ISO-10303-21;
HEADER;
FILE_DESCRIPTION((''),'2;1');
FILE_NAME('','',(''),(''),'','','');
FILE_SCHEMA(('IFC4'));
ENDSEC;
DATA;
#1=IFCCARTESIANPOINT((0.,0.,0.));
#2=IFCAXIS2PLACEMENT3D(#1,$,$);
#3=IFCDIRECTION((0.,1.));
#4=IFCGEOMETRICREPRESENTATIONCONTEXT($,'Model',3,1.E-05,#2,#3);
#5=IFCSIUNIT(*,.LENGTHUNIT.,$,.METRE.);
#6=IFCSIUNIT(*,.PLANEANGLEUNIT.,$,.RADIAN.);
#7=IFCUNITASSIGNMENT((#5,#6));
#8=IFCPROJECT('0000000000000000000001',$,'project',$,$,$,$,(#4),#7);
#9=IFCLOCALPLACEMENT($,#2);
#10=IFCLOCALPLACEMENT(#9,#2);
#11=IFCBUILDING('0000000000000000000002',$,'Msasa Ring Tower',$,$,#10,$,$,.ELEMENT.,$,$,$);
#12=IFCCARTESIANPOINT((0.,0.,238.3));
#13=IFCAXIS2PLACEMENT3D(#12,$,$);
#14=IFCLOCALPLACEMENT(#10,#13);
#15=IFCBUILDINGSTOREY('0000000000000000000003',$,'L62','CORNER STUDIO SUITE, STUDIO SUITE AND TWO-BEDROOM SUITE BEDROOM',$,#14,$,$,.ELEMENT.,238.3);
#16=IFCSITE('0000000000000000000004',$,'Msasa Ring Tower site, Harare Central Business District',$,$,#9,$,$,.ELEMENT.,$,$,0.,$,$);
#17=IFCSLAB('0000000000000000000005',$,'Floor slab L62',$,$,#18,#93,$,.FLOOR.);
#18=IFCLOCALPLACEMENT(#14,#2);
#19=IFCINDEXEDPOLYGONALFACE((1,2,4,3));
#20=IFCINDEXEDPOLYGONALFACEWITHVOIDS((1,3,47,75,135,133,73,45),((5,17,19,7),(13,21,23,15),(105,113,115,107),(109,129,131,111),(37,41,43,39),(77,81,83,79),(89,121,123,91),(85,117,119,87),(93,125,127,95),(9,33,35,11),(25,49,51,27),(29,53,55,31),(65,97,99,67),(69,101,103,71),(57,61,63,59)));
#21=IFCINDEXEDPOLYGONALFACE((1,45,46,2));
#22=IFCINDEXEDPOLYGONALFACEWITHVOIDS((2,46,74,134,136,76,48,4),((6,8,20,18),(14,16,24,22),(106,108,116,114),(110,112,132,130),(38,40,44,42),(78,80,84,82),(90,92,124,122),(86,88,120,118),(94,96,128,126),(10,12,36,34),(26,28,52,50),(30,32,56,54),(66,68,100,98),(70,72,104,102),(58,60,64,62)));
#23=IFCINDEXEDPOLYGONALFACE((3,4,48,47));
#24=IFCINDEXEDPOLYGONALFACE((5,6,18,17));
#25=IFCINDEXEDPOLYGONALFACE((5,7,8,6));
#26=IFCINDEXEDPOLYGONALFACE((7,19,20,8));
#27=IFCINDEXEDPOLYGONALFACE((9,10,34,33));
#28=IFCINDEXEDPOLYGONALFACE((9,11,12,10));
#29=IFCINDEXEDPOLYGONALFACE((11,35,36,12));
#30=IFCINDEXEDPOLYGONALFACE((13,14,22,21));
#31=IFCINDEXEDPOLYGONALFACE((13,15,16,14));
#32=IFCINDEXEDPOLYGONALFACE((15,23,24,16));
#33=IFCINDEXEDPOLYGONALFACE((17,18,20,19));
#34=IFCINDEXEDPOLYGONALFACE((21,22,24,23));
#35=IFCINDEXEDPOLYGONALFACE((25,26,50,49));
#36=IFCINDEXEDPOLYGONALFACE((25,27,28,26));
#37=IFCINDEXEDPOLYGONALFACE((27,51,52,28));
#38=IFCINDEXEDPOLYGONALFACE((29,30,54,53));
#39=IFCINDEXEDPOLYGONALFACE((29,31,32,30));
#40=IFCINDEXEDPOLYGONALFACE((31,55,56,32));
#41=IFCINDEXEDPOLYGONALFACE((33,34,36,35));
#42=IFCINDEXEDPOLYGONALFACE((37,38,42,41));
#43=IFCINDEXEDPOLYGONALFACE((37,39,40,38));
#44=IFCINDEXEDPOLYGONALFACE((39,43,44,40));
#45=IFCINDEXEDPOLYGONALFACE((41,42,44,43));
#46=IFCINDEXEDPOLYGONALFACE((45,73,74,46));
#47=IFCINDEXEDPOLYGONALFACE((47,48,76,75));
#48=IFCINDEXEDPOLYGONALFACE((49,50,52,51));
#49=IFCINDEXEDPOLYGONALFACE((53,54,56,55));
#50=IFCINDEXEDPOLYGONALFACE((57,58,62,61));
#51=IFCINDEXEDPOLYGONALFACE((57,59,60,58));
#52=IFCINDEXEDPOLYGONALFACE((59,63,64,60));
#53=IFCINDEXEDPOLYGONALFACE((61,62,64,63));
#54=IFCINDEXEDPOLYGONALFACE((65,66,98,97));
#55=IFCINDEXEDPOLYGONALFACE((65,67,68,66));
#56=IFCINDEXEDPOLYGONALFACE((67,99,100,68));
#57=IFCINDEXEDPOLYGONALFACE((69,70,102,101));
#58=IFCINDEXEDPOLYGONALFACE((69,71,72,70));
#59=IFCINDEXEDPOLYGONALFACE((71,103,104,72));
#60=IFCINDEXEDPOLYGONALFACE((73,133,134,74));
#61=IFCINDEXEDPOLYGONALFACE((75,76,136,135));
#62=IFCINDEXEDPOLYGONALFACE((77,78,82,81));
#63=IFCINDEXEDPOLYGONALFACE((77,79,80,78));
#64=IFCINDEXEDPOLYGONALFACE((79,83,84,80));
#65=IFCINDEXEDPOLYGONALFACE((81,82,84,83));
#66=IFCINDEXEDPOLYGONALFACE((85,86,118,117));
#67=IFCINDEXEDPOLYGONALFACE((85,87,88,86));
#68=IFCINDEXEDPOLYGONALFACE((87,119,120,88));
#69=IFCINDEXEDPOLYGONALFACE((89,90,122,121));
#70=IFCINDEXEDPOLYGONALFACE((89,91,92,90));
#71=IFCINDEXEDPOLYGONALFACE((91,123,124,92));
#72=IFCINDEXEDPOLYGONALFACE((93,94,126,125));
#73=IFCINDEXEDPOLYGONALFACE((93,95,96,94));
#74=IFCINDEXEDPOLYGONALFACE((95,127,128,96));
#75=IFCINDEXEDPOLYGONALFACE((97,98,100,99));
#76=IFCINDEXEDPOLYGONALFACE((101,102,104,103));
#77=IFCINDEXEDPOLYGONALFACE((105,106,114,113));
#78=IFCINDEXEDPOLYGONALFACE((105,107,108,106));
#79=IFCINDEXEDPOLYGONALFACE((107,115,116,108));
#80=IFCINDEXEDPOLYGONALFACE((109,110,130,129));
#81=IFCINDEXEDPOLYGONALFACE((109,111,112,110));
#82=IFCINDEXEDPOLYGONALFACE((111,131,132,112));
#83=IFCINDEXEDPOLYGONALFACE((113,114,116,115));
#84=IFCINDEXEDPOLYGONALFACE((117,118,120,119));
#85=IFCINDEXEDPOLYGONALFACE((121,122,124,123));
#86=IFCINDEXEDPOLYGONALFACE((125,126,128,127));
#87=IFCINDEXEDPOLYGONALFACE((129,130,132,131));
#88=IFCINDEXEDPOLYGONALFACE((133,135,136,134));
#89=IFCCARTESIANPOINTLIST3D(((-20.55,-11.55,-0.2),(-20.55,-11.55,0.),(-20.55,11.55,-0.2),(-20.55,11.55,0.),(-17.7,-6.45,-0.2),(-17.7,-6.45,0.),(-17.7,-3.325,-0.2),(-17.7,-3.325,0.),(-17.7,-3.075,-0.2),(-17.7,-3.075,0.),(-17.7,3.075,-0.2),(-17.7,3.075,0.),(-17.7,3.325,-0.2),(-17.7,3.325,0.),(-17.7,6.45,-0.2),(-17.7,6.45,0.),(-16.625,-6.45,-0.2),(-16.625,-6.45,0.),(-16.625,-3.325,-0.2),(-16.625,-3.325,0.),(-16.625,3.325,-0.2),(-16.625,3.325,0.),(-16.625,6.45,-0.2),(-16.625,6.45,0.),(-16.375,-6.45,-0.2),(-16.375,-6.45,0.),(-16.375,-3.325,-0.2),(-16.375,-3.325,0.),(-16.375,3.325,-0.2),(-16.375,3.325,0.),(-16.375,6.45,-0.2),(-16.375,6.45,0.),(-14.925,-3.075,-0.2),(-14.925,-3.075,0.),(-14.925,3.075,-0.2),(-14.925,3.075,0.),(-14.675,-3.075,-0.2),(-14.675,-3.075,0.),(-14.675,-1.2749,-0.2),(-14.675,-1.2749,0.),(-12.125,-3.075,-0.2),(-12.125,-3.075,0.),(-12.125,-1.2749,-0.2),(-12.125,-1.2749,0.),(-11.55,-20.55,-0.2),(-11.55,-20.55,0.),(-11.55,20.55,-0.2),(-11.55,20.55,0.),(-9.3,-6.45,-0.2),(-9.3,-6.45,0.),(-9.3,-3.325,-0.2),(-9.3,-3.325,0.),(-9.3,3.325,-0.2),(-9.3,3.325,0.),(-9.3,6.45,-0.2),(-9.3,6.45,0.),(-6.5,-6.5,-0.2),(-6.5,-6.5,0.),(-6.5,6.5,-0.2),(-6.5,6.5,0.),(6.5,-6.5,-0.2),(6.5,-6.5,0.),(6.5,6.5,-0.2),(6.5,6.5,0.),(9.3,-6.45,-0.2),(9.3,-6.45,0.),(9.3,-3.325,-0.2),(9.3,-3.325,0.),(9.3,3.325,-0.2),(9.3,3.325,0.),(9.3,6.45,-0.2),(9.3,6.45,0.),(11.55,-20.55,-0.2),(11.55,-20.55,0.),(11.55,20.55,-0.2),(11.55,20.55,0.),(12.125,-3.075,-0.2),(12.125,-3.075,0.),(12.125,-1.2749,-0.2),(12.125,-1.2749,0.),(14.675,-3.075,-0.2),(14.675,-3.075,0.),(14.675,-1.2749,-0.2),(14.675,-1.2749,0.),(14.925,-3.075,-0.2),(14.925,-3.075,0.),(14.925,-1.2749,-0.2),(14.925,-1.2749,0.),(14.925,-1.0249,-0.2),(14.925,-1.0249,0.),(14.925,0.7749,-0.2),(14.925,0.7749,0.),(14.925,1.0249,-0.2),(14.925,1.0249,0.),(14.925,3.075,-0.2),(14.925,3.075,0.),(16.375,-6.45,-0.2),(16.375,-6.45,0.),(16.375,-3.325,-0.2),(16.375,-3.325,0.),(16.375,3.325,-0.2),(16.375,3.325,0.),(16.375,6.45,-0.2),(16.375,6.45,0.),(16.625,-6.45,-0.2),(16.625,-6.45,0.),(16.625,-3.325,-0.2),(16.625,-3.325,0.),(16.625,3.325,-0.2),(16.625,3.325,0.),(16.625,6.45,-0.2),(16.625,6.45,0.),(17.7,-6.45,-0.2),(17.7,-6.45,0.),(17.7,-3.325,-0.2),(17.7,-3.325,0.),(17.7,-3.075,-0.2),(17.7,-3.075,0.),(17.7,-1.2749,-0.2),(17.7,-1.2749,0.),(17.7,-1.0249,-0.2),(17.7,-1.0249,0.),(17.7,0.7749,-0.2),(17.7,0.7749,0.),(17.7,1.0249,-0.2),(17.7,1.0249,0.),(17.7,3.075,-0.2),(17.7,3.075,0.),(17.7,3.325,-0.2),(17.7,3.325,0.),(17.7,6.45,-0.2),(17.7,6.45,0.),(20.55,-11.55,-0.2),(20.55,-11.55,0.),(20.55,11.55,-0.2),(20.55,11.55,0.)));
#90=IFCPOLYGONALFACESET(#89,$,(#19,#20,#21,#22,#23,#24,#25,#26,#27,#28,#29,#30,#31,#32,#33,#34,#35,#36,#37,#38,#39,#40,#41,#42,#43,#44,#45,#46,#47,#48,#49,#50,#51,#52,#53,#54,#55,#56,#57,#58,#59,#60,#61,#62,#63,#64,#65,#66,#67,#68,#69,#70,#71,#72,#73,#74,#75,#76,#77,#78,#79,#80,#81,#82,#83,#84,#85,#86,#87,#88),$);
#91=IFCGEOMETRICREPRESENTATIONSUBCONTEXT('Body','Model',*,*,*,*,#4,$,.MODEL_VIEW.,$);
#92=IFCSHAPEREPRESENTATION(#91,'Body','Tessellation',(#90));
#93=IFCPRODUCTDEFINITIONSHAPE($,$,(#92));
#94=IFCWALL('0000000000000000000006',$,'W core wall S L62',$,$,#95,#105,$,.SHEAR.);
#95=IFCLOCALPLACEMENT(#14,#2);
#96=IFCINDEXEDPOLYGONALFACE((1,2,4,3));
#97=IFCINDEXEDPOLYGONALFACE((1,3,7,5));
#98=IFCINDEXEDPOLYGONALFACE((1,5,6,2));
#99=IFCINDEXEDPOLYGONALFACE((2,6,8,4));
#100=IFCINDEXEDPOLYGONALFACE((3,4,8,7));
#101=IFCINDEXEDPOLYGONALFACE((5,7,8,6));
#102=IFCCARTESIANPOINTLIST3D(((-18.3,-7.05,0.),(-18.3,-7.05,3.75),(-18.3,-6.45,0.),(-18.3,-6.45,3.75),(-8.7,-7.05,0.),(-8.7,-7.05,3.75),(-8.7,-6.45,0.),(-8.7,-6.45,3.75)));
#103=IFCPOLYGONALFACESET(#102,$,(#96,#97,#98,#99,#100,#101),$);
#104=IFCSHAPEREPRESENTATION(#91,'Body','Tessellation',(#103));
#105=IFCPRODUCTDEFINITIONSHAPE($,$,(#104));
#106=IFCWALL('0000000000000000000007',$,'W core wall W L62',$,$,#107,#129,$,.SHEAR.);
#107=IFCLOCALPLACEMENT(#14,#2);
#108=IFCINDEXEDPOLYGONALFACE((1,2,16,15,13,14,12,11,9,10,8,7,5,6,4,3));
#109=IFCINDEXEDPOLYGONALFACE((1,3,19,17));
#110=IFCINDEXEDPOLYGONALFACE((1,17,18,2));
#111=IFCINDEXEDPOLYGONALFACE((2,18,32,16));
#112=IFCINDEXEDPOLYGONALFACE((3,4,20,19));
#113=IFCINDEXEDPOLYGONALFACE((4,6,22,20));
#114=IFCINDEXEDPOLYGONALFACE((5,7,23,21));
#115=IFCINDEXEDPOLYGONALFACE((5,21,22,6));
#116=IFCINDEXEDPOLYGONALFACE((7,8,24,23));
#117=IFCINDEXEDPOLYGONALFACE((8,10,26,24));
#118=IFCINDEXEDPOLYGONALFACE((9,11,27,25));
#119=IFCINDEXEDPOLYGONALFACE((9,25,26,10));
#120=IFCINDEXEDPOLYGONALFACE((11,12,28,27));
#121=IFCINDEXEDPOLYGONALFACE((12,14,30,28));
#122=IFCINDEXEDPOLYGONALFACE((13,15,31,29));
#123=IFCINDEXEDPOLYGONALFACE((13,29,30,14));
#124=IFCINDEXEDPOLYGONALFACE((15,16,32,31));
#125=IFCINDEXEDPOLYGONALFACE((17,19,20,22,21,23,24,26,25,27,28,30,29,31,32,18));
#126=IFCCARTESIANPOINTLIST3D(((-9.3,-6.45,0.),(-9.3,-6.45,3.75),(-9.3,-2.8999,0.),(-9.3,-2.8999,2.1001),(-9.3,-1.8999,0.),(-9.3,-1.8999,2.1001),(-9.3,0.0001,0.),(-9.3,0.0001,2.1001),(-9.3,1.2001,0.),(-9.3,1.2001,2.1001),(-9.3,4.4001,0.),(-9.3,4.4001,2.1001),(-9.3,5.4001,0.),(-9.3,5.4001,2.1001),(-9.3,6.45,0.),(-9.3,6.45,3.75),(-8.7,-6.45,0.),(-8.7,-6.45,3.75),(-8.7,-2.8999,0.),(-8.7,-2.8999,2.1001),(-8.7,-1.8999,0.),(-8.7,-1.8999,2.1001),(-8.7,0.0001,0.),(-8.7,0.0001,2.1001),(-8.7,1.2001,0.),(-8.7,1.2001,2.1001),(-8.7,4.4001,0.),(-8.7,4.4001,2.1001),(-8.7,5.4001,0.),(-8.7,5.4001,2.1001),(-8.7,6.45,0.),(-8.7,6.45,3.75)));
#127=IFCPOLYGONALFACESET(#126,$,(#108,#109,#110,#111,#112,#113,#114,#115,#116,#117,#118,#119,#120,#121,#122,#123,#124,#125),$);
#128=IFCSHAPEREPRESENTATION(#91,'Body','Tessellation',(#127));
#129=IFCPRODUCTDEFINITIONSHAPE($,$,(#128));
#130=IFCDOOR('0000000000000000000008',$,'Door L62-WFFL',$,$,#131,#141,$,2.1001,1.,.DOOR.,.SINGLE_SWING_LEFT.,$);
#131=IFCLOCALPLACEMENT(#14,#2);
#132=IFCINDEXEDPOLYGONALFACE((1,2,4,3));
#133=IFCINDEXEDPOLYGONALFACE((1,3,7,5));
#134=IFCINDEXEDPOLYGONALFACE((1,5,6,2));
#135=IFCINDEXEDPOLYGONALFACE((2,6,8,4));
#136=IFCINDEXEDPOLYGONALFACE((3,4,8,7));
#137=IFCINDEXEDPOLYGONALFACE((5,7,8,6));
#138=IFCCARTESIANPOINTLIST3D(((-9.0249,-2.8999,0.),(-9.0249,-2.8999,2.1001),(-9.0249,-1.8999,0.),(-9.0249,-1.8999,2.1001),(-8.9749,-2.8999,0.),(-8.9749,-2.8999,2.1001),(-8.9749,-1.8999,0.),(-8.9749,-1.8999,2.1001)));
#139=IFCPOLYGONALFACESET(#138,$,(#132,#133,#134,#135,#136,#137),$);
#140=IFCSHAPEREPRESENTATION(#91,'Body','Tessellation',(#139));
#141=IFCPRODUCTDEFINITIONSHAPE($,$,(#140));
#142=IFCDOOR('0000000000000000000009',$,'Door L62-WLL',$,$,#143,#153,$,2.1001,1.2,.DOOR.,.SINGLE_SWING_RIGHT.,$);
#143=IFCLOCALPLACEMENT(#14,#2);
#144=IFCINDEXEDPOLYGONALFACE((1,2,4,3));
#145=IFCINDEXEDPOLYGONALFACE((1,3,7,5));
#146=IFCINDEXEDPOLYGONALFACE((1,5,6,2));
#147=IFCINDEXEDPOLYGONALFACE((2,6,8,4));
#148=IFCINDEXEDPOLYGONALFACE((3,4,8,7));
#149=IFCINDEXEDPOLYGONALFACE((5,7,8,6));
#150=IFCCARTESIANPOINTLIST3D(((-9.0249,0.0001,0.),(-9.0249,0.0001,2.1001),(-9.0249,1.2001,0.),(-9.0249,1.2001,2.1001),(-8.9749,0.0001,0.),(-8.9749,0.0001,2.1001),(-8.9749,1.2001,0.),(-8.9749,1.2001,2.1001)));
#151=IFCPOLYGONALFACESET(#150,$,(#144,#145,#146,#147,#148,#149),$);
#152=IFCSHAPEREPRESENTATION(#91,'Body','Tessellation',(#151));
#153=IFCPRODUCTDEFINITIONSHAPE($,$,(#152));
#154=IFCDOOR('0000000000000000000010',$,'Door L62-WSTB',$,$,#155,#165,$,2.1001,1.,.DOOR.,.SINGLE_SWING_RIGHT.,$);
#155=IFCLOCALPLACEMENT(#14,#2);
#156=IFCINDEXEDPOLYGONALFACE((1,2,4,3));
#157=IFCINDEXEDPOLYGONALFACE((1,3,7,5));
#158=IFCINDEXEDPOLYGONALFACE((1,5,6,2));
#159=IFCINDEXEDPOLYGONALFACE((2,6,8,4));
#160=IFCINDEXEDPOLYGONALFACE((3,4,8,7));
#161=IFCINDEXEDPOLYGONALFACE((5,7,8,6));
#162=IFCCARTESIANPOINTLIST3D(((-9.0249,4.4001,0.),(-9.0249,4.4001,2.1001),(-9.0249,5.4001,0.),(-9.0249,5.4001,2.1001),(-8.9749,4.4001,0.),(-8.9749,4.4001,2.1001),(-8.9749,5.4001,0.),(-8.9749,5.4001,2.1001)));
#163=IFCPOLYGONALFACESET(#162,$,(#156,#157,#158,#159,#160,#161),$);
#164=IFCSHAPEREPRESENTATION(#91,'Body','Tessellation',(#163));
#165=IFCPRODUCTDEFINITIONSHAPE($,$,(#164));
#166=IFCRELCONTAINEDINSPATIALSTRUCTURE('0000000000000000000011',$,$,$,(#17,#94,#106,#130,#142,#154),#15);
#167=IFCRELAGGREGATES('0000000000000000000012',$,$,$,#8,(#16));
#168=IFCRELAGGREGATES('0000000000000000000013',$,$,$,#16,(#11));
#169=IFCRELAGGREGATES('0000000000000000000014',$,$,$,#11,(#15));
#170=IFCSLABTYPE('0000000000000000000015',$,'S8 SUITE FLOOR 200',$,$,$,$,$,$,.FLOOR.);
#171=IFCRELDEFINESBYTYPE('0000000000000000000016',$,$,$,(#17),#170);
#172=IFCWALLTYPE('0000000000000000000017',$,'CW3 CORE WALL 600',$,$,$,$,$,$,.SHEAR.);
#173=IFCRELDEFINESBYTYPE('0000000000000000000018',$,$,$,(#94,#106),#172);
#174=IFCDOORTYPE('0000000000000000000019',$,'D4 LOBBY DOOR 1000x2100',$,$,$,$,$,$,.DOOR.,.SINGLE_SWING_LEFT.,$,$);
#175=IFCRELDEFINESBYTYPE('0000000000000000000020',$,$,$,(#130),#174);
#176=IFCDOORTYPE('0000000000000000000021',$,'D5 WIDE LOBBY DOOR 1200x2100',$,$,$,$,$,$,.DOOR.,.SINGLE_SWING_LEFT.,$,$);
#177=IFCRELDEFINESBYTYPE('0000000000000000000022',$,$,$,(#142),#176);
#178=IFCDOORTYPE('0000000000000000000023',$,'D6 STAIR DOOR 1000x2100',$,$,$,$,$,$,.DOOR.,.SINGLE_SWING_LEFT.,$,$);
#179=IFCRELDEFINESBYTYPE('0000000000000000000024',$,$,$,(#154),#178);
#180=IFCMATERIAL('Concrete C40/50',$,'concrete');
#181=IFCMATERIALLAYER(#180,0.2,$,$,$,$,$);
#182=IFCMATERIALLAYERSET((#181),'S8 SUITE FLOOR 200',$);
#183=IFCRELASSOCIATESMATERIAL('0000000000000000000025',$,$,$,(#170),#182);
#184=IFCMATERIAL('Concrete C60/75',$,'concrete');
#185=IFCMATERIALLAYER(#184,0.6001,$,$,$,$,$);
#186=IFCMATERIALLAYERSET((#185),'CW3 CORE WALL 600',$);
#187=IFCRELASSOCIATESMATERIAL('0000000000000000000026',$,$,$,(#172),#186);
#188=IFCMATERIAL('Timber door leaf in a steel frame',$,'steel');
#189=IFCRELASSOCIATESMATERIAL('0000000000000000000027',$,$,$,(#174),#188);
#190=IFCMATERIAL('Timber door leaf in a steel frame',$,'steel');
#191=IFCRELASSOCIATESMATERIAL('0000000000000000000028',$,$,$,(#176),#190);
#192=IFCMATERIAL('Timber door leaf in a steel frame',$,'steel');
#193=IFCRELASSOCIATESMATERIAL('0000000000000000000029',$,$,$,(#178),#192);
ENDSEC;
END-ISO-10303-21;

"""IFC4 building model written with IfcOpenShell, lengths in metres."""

from ifc_helpers import new_model, si_unit, direction, frame, frame_2d, origin, place, context, subcontext, project, spatial, polyline, rectangle, outline, extrude, material, layer, layer_set, type_object, element, fill, save


model = new_model("IFC4")

# Units and contexts
model_context = context("Model", 3, precision=1e-05, world=origin(), true_north=direction((0.0, 1.0)))
body_context = subcontext(model_context, "Body", "Model", "MODEL_VIEW")
ifc_project = project(units=[si_unit("LENGTHUNIT", "METRE"), si_unit("PLANEANGLEUNIT", "RADIAN")], contexts=[model_context])

# Site, building, storey
site_placement = place(None, origin())
site = spatial("IfcSite", under=ifc_project, at=site_placement, Name="Msasa Ring Tower site, Harare Central Business District", CompositionType="ELEMENT", RefElevation=0.0)
building_placement = place(site_placement, origin())
building = spatial("IfcBuilding", under=site, at=building_placement, Name="Msasa Ring Tower", CompositionType="ELEMENT")
storey_placement = place(building_placement, frame((0.0, 0.0, 238.3)))
storey = spatial("IfcBuildingStorey", under=building, at=storey_placement, Name="L62", Description="CORNER STUDIO SUITE, STUDIO SUITE AND TWO-BEDROOM SUITE BEDROOM", CompositionType="ELEMENT", Elevation=238.3)

# Slab
ifc_material_1 = material(Name="Concrete C40/50", Category="concrete")
ifc_layer_1 = layer(ifc_material_1, 0.2)
ifc_layer_set_1 = layer_set([ifc_layer_1], Name="S8 SUITE FLOOR 200")
slab_type = type_object("IfcSlabType", Name="S8 SUITE FLOOR 200", PredefinedType="FLOOR", material=ifc_layer_set_1)
slab_placement = place(storey_placement, frame((0.0, 0.0, -0.2)))
element("IfcSlab", 1, at=slab_placement, inside=storey, type_object=slab_type, Name="Floor slab L62", PredefinedType="FLOOR", context=body_context, shape_type="SweptSolid", body=[
    extrude(outline(polyline([(-11.55, -20.55), (11.55, -20.55), (20.55, -11.55), (20.55, 11.55), (11.55, 20.55), (-11.55, 20.55), (-20.55, 11.55), (-20.55, -11.55), (-11.55, -20.55)]), holes=[polyline([(-6.5, -6.5), (6.5, -6.5), (6.5, 6.5), (-6.5, 6.5), (-6.5, -6.5)]), polyline([(9.3, -6.45), (16.375, -6.45), (16.375, -3.325), (9.3, -3.325), (9.3, -6.45)]), polyline([(9.3, 3.325), (16.375, 3.325), (16.375, 6.45), (9.3, 6.45), (9.3, 3.325)]), polyline([(12.125, -3.075), (14.675, -3.075), (14.675, -1.2749), (12.125, -1.2749), (12.125, -3.075)]), polyline([(16.625, -6.45), (17.7, -6.45), (17.7, -3.325), (16.625, -3.325), (16.625, -6.45)]), polyline([(16.625, 3.325), (17.7, 3.325), (17.7, 6.45), (16.625, 6.45), (16.625, 3.325)]), polyline([(14.925, -3.075), (17.7, -3.075), (17.7, -1.2749), (14.925, -1.2749), (14.925, -3.075)]), polyline([(14.925, -1.0249), (17.7, -1.0249), (17.7, 0.7749), (14.925, 0.7749), (14.925, -1.0249)]), polyline([(14.925, 1.0249), (17.7, 1.0249), (17.7, 3.075), (14.925, 3.075), (14.925, 1.0249)]), polyline([(-16.375, -6.45), (-9.3, -6.45), (-9.3, -3.325), (-16.375, -3.325), (-16.375, -6.45)]), polyline([(-16.375, 3.325), (-9.3, 3.325), (-9.3, 6.45), (-16.375, 6.45), (-16.375, 3.325)]), polyline([(-14.675, -3.075), (-12.125, -3.075), (-12.125, -1.2749), (-14.675, -1.2749), (-14.675, -3.075)]), polyline([(-17.7, -6.45), (-16.625, -6.45), (-16.625, -3.325), (-17.7, -3.325), (-17.7, -6.45)]), polyline([(-17.7, 3.325), (-16.625, 3.325), (-16.625, 6.45), (-17.7, 6.45), (-17.7, 3.325)]), polyline([(-17.7, -3.075), (-14.925, -3.075), (-14.925, 3.075), (-17.7, 3.075), (-17.7, -3.075)])]), origin(), (0.0, 0.0, 1.0), 0.2),
])

# Wall
ifc_material_2 = material(Name="Concrete C60/75", Category="concrete")
ifc_layer_2 = layer(ifc_material_2, 0.6001)
ifc_layer_set_2 = layer_set([ifc_layer_2], Name="CW3 CORE WALL 600")
wall_type_1 = type_object("IfcWallType", Name="CW3 CORE WALL 600", PredefinedType="SHEAR", material=ifc_layer_set_2)
wall_1_placement = place(storey_placement, frame((-8.7, -6.75, 0.0), z_axis=(0.0, 0.0, 1.0), x_axis=(-1.0, 0.0, 0.0)))
element("IfcWall", 2, at=wall_1_placement, inside=storey, type_object=wall_type_1, Name="W core wall S L62", PredefinedType="SHEAR", context=body_context, shape_type="SweptSolid", body=[
    extrude(rectangle(XDim=9.6001, YDim=0.6001, at=frame_2d((4.8, 0.0))), origin(), (0.0, 0.0, 1.0), 3.75),
])

# Wall, openings, doors
wall_2_placement = place(storey_placement, frame((-9.0, -6.45, 0.0), z_axis=(0.0, 0.0, 1.0), x_axis=(0.0, 1.0, 0.0)))
wall_2 = element("IfcWall", 3, at=wall_2_placement, inside=storey, type_object=wall_type_1, Name="W core wall W L62", PredefinedType="SHEAR", context=body_context, shape_type="SweptSolid", body=[
    extrude(rectangle(XDim=12.8999, YDim=0.6001, at=frame_2d((6.45, 0.0))), origin(), (0.0, 0.0, 1.0), 3.75),
])
opening_1_placement = place(wall_2_placement, frame((3.55, 0.0, 0.0)))
opening_1 = element("IfcOpeningElement", 4, at=opening_1_placement, cuts=wall_2, PredefinedType="OPENING", context=body_context, shape_type="SweptSolid", body=[
    extrude(rectangle(XDim=1.0, YDim=2.1001, at=frame_2d((0.5, 1.05))), frame((0.0, 0.3101, 0.0), z_axis=(0.0, -1.0, 0.0), x_axis=(1.0, 0.0, 0.0)), (0.0, 0.0, 1.0), 0.6201),
])
opening_2_placement = place(wall_2_placement, frame((6.45, 0.0, 0.0)))
opening_2 = element("IfcOpeningElement", 5, at=opening_2_placement, cuts=wall_2, PredefinedType="OPENING", context=body_context, shape_type="SweptSolid", body=[
    extrude(rectangle(XDim=1.2, YDim=2.1001, at=frame_2d((0.6001, 1.05))), frame((0.0, 0.3101, 0.0), z_axis=(0.0, -1.0, 0.0), x_axis=(1.0, 0.0, 0.0)), (0.0, 0.0, 1.0), 0.6201),
])
opening_3_placement = place(wall_2_placement, frame((10.8501, 0.0, 0.0)))
opening_3 = element("IfcOpeningElement", 6, at=opening_3_placement, cuts=wall_2, PredefinedType="OPENING", context=body_context, shape_type="SweptSolid", body=[
    extrude(rectangle(XDim=1.0, YDim=2.1001, at=frame_2d((0.5, 1.05))), frame((0.0, 0.3101, 0.0), z_axis=(0.0, -1.0, 0.0), x_axis=(1.0, 0.0, 0.0)), (0.0, 0.0, 1.0), 0.6201),
])
ifc_material_3 = material(Name="Timber door leaf in a steel frame", Category="steel")
door_type_1 = type_object("IfcDoorType", Name="D4 LOBBY DOOR 1000x2100", OperationType="SINGLE_SWING_LEFT", PredefinedType="DOOR", material=ifc_material_3)
door_1_placement = place(opening_1_placement, origin())
door_1 = element("IfcDoor", 7, at=door_1_placement, inside=storey, type_object=door_type_1, Name="Door L62-WFFL", OperationType="SINGLE_SWING_LEFT", OverallHeight=2.1001, OverallWidth=1.0, PredefinedType="DOOR", context=body_context, shape_type="SweptSolid", body=[
    extrude(rectangle(XDim=1.0, YDim=2.1001, at=frame_2d((0.5, 1.05))), frame((0.0, 0.0249, 0.0), z_axis=(0.0, -1.0, 0.0), x_axis=(1.0, 0.0, 0.0)), (0.0, 0.0, 1.0), 0.05),
])
fill(opening_1, door_1)
ifc_material_4 = material(Name="Timber door leaf in a steel frame", Category="steel")
door_type_2 = type_object("IfcDoorType", Name="D5 WIDE LOBBY DOOR 1200x2100", OperationType="SINGLE_SWING_LEFT", PredefinedType="DOOR", material=ifc_material_4)
door_2_placement = place(opening_2_placement, origin())
door_2 = element("IfcDoor", 8, at=door_2_placement, inside=storey, type_object=door_type_2, Name="Door L62-WLL", OperationType="SINGLE_SWING_RIGHT", OverallHeight=2.1001, OverallWidth=1.2, PredefinedType="DOOR", context=body_context, shape_type="SweptSolid", body=[
    extrude(rectangle(XDim=1.2, YDim=2.1001, at=frame_2d((0.6001, 1.05))), frame((0.0, 0.0249, 0.0), z_axis=(0.0, -1.0, 0.0), x_axis=(1.0, 0.0, 0.0)), (0.0, 0.0, 1.0), 0.05),
])
fill(opening_2, door_2)
ifc_material_5 = material(Name="Timber door leaf in a steel frame", Category="steel")
door_type_3 = type_object("IfcDoorType", Name="D6 STAIR DOOR 1000x2100", OperationType="SINGLE_SWING_LEFT", PredefinedType="DOOR", material=ifc_material_5)
door_3_placement = place(opening_3_placement, origin())
door_3 = element("IfcDoor", 9, at=door_3_placement, inside=storey, type_object=door_type_3, Name="Door L62-WSTB", OperationType="SINGLE_SWING_RIGHT", OverallHeight=2.1001, OverallWidth=1.0, PredefinedType="DOOR", context=body_context, shape_type="SweptSolid", body=[
    extrude(rectangle(XDim=1.0, YDim=2.1001, at=frame_2d((0.5, 1.05))), frame((0.0, 0.0249, 0.0), z_axis=(0.0, -1.0, 0.0), x_axis=(1.0, 0.0, 0.0)), (0.0, 0.0, 1.0), 0.05),
])
fill(opening_3, door_3)

save(model, "model.ifc")
